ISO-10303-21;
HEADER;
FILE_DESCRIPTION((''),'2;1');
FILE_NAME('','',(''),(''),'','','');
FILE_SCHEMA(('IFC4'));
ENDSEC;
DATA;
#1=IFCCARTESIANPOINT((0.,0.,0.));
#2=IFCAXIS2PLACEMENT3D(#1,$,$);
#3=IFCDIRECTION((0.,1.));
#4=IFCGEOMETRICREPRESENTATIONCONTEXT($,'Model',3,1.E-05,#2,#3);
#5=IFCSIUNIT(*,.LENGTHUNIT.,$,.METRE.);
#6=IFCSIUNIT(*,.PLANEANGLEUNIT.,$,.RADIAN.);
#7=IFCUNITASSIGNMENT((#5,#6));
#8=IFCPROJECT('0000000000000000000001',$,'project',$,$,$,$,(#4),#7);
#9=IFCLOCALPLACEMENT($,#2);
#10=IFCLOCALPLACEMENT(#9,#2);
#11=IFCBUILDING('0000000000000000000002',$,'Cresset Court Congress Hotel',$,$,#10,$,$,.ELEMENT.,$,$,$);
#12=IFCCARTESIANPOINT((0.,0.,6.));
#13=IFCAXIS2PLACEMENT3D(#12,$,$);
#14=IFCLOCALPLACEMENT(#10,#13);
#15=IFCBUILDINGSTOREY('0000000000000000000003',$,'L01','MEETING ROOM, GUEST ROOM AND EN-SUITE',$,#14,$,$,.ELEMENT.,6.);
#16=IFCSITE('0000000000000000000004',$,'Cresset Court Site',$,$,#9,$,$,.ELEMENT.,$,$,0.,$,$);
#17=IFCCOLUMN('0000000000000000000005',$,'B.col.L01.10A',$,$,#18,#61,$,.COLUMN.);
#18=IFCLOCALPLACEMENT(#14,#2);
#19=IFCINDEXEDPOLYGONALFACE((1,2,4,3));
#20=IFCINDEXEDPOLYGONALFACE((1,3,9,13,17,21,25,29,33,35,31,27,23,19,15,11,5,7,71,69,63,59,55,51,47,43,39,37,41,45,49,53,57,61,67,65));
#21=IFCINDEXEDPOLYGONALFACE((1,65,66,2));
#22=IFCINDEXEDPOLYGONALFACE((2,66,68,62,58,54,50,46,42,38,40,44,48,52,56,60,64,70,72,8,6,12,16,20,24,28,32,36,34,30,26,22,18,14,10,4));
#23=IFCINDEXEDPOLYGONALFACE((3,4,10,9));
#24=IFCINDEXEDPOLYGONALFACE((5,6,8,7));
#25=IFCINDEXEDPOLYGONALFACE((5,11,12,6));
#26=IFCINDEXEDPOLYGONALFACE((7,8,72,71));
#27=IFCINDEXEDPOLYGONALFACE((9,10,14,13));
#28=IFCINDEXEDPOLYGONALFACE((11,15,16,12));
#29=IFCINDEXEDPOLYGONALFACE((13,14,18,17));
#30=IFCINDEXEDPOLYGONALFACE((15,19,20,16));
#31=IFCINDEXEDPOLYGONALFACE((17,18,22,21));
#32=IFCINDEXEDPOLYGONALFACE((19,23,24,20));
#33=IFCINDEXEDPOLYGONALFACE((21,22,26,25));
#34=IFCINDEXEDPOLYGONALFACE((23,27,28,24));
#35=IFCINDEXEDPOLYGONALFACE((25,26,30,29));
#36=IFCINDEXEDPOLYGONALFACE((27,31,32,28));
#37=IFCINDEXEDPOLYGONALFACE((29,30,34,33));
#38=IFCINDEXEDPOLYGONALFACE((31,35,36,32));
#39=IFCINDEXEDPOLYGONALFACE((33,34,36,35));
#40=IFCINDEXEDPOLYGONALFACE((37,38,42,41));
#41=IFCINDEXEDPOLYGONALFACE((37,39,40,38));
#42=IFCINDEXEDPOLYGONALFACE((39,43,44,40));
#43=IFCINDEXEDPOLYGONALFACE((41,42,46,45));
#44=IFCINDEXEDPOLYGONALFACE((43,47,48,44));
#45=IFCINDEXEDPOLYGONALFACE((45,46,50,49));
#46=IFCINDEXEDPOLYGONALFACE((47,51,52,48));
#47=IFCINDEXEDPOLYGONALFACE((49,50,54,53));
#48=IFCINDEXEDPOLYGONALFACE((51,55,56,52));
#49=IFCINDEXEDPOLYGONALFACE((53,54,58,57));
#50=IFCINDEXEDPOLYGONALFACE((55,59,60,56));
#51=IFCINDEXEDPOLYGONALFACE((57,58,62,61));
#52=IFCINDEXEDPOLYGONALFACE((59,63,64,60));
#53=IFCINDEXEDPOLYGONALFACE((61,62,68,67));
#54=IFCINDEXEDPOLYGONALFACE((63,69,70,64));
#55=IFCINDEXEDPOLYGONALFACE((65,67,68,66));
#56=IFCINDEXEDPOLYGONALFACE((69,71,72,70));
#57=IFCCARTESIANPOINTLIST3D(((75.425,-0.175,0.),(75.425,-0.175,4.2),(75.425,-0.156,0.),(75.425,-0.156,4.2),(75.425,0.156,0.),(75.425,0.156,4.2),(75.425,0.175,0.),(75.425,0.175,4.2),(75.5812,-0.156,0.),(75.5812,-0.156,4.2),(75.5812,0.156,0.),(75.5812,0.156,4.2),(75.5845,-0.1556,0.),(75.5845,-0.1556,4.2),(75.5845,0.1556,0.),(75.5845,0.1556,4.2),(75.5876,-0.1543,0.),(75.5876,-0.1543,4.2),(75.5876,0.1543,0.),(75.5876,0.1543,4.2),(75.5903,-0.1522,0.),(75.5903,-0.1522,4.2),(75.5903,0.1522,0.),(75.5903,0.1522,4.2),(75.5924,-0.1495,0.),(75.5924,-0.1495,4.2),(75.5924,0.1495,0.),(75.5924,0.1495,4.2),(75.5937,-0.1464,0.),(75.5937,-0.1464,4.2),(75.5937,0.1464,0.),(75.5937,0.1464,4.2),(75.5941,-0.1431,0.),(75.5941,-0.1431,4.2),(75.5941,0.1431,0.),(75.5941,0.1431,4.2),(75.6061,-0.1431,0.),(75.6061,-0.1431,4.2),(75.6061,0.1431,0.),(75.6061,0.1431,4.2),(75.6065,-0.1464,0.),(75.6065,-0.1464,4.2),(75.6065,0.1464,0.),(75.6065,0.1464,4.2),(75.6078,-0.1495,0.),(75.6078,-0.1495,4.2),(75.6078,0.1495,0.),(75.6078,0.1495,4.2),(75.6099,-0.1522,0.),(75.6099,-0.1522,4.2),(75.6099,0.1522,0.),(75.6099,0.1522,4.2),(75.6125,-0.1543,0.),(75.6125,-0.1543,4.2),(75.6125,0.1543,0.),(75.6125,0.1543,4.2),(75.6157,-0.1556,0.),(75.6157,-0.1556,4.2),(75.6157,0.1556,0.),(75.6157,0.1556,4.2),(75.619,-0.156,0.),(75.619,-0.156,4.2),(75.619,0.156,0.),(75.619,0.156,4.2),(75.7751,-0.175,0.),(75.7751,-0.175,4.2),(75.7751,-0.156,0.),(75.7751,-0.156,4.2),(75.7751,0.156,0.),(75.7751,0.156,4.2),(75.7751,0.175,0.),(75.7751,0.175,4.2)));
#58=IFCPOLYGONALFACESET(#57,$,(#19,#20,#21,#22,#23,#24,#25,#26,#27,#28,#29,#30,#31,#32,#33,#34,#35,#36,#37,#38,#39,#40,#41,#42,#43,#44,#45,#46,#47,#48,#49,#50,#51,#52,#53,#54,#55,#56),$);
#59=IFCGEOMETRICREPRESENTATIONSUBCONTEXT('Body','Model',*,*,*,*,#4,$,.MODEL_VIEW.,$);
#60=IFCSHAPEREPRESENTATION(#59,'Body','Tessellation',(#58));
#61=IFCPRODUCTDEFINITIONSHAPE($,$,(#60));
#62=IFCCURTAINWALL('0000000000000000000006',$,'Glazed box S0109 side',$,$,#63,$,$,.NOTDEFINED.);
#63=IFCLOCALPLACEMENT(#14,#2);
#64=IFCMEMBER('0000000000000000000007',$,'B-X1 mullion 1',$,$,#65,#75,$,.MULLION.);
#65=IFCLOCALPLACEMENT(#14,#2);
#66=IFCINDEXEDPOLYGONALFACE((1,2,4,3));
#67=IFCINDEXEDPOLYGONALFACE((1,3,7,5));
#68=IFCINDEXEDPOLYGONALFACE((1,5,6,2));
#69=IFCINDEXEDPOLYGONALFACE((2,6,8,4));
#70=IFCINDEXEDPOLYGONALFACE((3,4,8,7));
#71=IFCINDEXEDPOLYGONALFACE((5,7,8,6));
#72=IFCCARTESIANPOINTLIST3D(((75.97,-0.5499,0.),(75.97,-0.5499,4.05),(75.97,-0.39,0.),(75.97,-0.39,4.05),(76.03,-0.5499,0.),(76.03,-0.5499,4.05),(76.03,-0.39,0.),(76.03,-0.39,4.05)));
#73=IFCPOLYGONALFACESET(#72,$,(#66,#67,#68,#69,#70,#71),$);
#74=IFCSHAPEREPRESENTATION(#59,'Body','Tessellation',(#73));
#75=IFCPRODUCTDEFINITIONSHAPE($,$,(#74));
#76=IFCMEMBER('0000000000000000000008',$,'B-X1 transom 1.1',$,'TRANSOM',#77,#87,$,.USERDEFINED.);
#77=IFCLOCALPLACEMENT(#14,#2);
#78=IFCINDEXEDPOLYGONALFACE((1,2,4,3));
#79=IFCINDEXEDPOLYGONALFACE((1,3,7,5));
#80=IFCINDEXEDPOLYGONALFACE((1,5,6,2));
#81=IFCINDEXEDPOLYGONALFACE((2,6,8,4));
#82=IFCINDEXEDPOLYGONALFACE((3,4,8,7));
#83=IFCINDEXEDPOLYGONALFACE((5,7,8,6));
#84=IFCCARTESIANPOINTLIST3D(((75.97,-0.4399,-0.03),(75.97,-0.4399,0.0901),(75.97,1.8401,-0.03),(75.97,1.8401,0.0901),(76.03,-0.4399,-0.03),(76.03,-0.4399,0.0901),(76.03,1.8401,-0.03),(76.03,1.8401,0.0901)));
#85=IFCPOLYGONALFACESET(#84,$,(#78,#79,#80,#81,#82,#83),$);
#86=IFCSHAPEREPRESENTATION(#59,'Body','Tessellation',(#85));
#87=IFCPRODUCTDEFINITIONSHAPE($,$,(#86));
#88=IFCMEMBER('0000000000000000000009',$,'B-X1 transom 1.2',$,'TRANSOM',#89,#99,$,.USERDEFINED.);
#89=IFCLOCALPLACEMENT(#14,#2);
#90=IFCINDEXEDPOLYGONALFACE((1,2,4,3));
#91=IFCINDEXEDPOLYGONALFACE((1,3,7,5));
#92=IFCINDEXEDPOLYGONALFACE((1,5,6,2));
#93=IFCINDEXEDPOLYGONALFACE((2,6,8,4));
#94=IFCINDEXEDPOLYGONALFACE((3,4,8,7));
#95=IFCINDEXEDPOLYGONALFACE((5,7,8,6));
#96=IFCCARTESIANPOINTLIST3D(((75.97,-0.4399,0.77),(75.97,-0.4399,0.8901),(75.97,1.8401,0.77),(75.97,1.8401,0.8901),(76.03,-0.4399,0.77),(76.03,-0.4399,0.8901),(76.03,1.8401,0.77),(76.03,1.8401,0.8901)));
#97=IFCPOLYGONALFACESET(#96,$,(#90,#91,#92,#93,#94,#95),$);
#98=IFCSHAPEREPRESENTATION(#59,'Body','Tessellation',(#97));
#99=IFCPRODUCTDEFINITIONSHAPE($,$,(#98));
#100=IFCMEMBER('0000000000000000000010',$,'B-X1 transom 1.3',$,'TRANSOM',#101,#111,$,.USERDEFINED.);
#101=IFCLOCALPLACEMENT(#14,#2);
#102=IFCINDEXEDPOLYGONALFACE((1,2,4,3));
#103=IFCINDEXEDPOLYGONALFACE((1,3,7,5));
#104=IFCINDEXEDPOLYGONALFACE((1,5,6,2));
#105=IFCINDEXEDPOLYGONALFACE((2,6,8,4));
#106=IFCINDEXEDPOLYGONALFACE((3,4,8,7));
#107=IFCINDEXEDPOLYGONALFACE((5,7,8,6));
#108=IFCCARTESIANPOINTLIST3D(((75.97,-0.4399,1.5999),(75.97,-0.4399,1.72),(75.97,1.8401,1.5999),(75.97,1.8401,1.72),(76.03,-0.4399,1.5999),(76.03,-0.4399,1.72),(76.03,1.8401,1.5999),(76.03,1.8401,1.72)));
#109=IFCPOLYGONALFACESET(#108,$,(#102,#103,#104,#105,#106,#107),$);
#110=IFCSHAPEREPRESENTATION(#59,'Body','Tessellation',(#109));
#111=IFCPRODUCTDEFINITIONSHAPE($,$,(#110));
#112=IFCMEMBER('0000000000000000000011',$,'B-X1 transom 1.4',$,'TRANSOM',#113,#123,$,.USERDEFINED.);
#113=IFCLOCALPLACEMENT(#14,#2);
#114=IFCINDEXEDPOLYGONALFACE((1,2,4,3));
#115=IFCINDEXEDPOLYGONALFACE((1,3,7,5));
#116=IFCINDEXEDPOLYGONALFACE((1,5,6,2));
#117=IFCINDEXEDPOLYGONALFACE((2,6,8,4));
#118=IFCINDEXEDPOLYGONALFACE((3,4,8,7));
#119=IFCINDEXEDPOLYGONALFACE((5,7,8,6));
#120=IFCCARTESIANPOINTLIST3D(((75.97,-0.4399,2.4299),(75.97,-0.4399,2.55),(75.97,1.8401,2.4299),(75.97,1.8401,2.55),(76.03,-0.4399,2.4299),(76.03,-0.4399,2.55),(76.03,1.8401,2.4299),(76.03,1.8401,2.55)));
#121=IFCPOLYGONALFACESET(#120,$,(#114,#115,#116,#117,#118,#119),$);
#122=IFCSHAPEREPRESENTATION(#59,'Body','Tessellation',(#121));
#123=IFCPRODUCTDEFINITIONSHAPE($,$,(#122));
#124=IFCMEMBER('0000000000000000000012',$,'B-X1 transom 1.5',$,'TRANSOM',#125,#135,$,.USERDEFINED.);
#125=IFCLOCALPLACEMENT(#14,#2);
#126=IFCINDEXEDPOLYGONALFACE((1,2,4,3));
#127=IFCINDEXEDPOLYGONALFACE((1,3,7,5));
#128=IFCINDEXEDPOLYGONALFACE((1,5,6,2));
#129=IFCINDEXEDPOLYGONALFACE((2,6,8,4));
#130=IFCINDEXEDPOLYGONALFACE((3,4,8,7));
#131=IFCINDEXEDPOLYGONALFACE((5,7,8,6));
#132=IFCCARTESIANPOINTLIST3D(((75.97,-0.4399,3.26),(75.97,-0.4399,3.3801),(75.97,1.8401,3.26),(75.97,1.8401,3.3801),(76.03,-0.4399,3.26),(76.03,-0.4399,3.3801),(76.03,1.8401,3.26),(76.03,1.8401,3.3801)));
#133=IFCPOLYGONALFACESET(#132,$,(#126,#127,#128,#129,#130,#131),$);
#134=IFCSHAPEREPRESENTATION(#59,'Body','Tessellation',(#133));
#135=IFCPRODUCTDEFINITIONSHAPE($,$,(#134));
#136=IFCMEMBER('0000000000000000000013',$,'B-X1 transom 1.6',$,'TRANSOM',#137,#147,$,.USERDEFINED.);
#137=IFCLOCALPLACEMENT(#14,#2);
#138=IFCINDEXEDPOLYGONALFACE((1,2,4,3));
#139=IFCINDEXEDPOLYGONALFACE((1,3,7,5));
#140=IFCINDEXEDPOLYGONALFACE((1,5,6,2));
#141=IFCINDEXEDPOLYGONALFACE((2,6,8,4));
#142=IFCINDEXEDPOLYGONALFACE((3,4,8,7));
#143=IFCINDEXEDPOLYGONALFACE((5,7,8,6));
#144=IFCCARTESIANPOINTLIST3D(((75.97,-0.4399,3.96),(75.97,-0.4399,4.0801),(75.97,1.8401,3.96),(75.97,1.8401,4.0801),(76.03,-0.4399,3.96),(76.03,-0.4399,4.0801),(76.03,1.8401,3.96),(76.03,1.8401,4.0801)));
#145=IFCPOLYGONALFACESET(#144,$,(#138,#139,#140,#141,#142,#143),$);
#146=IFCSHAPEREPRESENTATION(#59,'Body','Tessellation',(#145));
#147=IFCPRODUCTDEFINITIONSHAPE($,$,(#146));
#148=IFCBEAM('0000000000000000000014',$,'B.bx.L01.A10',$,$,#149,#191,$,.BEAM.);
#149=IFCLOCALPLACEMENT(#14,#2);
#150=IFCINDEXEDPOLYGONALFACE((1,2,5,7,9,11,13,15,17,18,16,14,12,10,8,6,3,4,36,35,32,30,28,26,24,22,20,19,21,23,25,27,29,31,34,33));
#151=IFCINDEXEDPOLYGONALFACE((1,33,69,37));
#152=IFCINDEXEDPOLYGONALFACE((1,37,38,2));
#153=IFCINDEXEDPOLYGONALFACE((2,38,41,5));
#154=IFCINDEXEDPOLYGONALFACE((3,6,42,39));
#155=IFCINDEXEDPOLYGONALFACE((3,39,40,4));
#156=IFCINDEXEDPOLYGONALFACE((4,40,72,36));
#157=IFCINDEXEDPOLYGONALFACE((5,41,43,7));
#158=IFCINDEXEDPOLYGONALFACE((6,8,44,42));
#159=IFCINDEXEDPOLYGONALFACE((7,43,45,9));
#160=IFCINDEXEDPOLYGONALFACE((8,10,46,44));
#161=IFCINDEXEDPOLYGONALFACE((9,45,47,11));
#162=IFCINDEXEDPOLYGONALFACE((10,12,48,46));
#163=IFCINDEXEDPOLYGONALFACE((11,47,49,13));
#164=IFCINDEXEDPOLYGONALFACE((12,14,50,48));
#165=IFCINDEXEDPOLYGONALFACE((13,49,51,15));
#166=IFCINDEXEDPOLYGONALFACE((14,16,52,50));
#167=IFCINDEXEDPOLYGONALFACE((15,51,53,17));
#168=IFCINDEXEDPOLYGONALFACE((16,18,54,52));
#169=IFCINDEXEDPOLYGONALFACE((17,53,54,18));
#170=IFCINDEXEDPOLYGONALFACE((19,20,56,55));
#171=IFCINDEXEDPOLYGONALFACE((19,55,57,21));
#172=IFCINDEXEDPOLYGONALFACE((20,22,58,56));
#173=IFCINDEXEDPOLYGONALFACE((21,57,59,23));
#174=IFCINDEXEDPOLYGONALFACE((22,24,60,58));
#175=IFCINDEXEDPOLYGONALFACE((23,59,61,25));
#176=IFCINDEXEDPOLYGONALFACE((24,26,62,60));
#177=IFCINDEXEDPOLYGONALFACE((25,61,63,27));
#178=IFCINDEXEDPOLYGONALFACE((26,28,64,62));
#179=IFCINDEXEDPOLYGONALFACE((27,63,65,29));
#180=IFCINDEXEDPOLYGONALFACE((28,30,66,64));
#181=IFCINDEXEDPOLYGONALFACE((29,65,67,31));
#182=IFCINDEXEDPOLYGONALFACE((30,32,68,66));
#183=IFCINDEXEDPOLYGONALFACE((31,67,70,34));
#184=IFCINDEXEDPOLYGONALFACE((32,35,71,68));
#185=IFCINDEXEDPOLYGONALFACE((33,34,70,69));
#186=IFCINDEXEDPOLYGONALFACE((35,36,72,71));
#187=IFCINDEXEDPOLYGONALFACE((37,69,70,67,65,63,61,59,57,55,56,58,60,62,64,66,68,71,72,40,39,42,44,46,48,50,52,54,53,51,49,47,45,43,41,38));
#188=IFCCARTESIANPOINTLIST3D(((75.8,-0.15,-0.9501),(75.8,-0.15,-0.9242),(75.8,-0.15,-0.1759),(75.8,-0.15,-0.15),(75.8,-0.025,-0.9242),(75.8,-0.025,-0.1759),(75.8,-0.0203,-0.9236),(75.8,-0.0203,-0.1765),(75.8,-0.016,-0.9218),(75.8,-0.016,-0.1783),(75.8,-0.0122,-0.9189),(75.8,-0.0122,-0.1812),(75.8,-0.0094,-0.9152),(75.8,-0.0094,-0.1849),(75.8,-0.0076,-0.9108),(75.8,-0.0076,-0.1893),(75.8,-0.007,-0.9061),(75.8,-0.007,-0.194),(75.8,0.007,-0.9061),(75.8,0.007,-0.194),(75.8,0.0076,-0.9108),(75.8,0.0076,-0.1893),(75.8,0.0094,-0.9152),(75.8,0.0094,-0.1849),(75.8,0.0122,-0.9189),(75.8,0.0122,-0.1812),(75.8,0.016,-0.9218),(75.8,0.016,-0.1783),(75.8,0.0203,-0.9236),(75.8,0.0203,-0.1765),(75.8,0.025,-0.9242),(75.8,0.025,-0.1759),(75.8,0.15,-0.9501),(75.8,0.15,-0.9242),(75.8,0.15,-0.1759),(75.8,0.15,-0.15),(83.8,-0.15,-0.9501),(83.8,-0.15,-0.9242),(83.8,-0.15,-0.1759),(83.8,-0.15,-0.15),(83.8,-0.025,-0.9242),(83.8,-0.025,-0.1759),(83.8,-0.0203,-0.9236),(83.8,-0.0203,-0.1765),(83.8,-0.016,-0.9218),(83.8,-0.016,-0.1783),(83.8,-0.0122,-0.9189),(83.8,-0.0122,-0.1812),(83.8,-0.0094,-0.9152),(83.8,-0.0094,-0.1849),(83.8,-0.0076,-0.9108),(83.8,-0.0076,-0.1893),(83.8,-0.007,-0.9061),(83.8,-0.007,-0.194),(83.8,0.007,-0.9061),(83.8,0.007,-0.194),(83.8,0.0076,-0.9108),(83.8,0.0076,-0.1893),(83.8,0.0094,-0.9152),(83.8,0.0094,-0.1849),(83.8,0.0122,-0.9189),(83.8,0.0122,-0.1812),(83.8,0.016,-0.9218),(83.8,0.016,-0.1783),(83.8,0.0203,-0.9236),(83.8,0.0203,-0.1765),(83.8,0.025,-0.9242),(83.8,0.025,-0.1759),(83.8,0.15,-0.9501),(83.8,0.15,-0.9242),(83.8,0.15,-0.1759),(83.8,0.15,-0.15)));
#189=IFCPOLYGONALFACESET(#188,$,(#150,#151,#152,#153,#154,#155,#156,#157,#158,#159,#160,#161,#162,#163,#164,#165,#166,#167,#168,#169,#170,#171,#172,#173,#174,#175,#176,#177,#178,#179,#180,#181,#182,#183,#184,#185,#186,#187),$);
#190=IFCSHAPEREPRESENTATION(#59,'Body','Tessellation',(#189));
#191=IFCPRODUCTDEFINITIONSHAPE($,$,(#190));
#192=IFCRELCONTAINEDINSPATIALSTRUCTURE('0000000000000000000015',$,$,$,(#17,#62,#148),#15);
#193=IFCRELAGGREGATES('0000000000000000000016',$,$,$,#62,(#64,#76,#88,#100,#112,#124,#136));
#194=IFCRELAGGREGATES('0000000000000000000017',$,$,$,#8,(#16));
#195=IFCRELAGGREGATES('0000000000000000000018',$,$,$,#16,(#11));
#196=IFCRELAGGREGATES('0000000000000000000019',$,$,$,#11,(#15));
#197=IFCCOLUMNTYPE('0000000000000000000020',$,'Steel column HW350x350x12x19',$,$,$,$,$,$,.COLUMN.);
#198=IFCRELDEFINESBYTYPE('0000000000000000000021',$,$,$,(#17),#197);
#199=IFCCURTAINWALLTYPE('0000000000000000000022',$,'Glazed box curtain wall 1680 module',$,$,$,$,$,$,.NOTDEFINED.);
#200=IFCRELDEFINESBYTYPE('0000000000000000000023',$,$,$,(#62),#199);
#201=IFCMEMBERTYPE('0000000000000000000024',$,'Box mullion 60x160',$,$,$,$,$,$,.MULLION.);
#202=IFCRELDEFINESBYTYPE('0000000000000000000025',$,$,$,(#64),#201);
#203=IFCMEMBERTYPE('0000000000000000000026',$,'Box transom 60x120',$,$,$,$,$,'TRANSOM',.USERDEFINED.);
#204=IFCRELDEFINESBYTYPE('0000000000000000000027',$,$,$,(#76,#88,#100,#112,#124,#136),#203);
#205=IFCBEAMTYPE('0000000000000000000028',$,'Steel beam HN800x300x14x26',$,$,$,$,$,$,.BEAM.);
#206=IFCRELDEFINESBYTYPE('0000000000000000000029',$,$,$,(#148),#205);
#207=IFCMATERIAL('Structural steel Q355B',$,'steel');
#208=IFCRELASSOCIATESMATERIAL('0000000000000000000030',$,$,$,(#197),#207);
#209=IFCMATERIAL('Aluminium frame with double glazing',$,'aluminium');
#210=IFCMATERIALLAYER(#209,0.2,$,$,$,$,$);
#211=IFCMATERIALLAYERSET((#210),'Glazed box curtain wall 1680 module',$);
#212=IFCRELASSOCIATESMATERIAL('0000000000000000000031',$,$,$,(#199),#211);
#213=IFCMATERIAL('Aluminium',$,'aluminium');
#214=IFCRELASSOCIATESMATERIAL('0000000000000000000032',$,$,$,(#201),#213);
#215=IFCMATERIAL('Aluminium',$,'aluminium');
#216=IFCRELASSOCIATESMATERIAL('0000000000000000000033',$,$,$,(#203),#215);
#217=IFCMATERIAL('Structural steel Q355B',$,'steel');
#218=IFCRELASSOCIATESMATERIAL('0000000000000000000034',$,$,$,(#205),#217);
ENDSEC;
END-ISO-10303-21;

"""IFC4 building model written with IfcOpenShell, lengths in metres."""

from ifc_helpers import new_model, si_unit, direction, frame, origin, origin_2d, place, context, subcontext, project, spatial, rectangle, i_section, extrude, material, layer, layer_set, material_profile, profile_set, type_object, element, aggregate, save


model = new_model("IFC4")

# Units and contexts
model_context = context("Model", 3, precision=1e-05, world=origin(), true_north=direction((0.0, 1.0)))
body_context = subcontext(model_context, "Body", "Model", "MODEL_VIEW")
ifc_project = project(units=[si_unit("LENGTHUNIT", "METRE"), si_unit("PLANEANGLEUNIT", "RADIAN")], contexts=[model_context])

# Site, building, storey
site_placement = place(None, origin())
site = spatial("IfcSite", under=ifc_project, at=site_placement, Name="Cresset Court Site", CompositionType="ELEMENT", RefElevation=0.0)
building_placement = place(site_placement, origin())
building = spatial("IfcBuilding", under=site, at=building_placement, Name="Cresset Court Congress Hotel", CompositionType="ELEMENT")
storey_placement = place(building_placement, frame((0.0, 0.0, 6.0)))
storey = spatial("IfcBuildingStorey", under=building, at=storey_placement, Name="L01", Description="MEETING ROOM, GUEST ROOM AND EN-SUITE", CompositionType="ELEMENT", Elevation=6.0)

# Column
ifc_material_1 = material(Name="Structural steel Q355B", Category="steel")
ifc_material_profile_1 = material_profile(ifc_material_1, i_section(OverallWidth=0.3501, OverallDepth=0.3501, WebThickness=0.012, FlangeThickness=0.019, FilletRadius=0.0129, at=origin_2d()), Name="HW350x350x12x19")
ifc_profile_set_1 = profile_set([ifc_material_profile_1], Name="Structural steel Q355B")
column_type = type_object("IfcColumnType", Name="Steel column HW350x350x12x19", PredefinedType="COLUMN", material=ifc_profile_set_1)
column_placement = place(storey_placement, frame((75.6001, 0.0, 0.0), z_axis=(0.0, 0.0, 1.0), x_axis=(1.0, 0.0, 0.0)))
element("IfcColumn", 1, at=column_placement, inside=storey, type_object=column_type, Name="B.col.L01.10A", PredefinedType="COLUMN", context=body_context, shape_type="SweptSolid", body=[
    extrude(i_section(OverallWidth=0.3501, OverallDepth=0.3501, WebThickness=0.012, FlangeThickness=0.019, FilletRadius=0.0129, at=origin_2d()), origin(), (0.0, 0.0, 1.0), 4.2),
])

# Curtain wall, members
ifc_material_2 = material(Name="Aluminium frame with double glazing", Category="aluminium")
ifc_layer_1 = layer(ifc_material_2, 0.2)
ifc_layer_set_1 = layer_set([ifc_layer_1], Name="Glazed box curtain wall 1680 module")
curtain_wall_type = type_object("IfcCurtainWallType", Name="Glazed box curtain wall 1680 module", PredefinedType="NOTDEFINED", material=ifc_layer_set_1)
curtain_wall_placement = place(storey_placement, origin())
curtain_wall = element("IfcCurtainWall", 2, at=curtain_wall_placement, inside=storey, type_object=curtain_wall_type, Name="Glazed box S0109 side", PredefinedType="NOTDEFINED")
ifc_material_3 = material(Name="Aluminium", Category="aluminium")
ifc_material_profile_2 = material_profile(ifc_material_3, rectangle(XDim=0.0601, YDim=0.1599, at=origin_2d()), Name="Box mullion 60x160")
ifc_profile_set_2 = profile_set([ifc_material_profile_2], Name="Aluminium")
member_type_1 = type_object("IfcMemberType", Name="Box mullion 60x160", PredefinedType="MULLION", material=ifc_profile_set_2)
member_1_placement = place(storey_placement, frame((76.0, -0.47, 0.0), z_axis=(0.0, 0.0, 1.0), x_axis=(-1.0, 0.0, 0.0)))
member_1 = element("IfcMember", 3, at=member_1_placement, type_object=member_type_1, Name="B-X1 mullion 1", PredefinedType="MULLION", context=body_context, shape_type="SweptSolid", body=[
    extrude(rectangle(XDim=0.0601, YDim=0.1599, at=origin_2d()), origin(), (0.0, 0.0, 1.0), 4.05),
])
ifc_material_4 = material(Name="Aluminium", Category="aluminium")
ifc_material_profile_3 = material_profile(ifc_material_4, rectangle(XDim=0.0601, YDim=0.1201, at=origin_2d()), Name="Box transom 60x120")
ifc_profile_set_3 = profile_set([ifc_material_profile_3], Name="Aluminium")
member_type_2 = type_object("IfcMemberType", Name="Box transom 60x120", ElementType="TRANSOM", PredefinedType="USERDEFINED", material=ifc_profile_set_3)
member_2_placement = place(storey_placement, frame((76.0, -0.4399, 0.03), z_axis=(0.0, 1.0, 0.0), x_axis=(-1.0, 0.0, 0.0)))
member_2 = element("IfcMember", 4, at=member_2_placement, type_object=member_type_2, Name="B-X1 transom 1.1", ObjectType="TRANSOM", PredefinedType="USERDEFINED", context=body_context, shape_type="SweptSolid", body=[
    extrude(rectangle(XDim=0.0601, YDim=0.1201, at=origin_2d()), origin(), (0.0, 0.0, 1.0), 2.28),
])
member_3_placement = place(storey_placement, frame((76.0, -0.4399, 0.8301), z_axis=(0.0, 1.0, 0.0), x_axis=(-1.0, 0.0, 0.0)))
member_3 = element("IfcMember", 5, at=member_3_placement, type_object=member_type_2, Name="B-X1 transom 1.2", ObjectType="TRANSOM", PredefinedType="USERDEFINED", context=body_context, shape_type="SweptSolid", body=[
    extrude(rectangle(XDim=0.0601, YDim=0.1201, at=origin_2d()), origin(), (0.0, 0.0, 1.0), 2.28),
])
member_4_placement = place(storey_placement, frame((76.0, -0.4399, 1.6599), z_axis=(0.0, 1.0, 0.0), x_axis=(-1.0, 0.0, 0.0)))
member_4 = element("IfcMember", 6, at=member_4_placement, type_object=member_type_2, Name="B-X1 transom 1.3", ObjectType="TRANSOM", PredefinedType="USERDEFINED", context=body_context, shape_type="SweptSolid", body=[
    extrude(rectangle(XDim=0.0601, YDim=0.1201, at=origin_2d()), origin(), (0.0, 0.0, 1.0), 2.28),
])
member_5_placement = place(storey_placement, frame((76.0, -0.4399, 2.49), z_axis=(0.0, 1.0, 0.0), x_axis=(-1.0, 0.0, 0.0)))
member_5 = element("IfcMember", 7, at=member_5_placement, type_object=member_type_2, Name="B-X1 transom 1.4", ObjectType="TRANSOM", PredefinedType="USERDEFINED", context=body_context, shape_type="SweptSolid", body=[
    extrude(rectangle(XDim=0.0601, YDim=0.1201, at=origin_2d()), origin(), (0.0, 0.0, 1.0), 2.28),
])
member_6_placement = place(storey_placement, frame((76.0, -0.4399, 3.3201), z_axis=(0.0, 1.0, 0.0), x_axis=(-1.0, 0.0, 0.0)))
member_6 = element("IfcMember", 8, at=member_6_placement, type_object=member_type_2, Name="B-X1 transom 1.5", ObjectType="TRANSOM", PredefinedType="USERDEFINED", context=body_context, shape_type="SweptSolid", body=[
    extrude(rectangle(XDim=0.0601, YDim=0.1201, at=origin_2d()), origin(), (0.0, 0.0, 1.0), 2.28),
])
member_7_placement = place(storey_placement, frame((76.0, -0.4399, 4.02), z_axis=(0.0, 1.0, 0.0), x_axis=(-1.0, 0.0, 0.0)))
member_7 = element("IfcMember", 9, at=member_7_placement, type_object=member_type_2, Name="B-X1 transom 1.6", ObjectType="TRANSOM", PredefinedType="USERDEFINED", context=body_context, shape_type="SweptSolid", body=[
    extrude(rectangle(XDim=0.0601, YDim=0.1201, at=origin_2d()), origin(), (0.0, 0.0, 1.0), 2.28),
])

# Beam
ifc_material_5 = material(Name="Structural steel Q355B", Category="steel")
ifc_material_profile_4 = material_profile(ifc_material_5, i_section(OverallWidth=0.3, OverallDepth=0.8, WebThickness=0.0139, FlangeThickness=0.0259, FilletRadius=0.0181, at=origin_2d()), Name="HN800x300x14x26")
ifc_profile_set_4 = profile_set([ifc_material_profile_4], Name="Structural steel Q355B")
beam_type_1 = type_object("IfcBeamType", Name="Steel beam HN800x300x14x26", PredefinedType="BEAM", material=ifc_profile_set_4)
beam_1_placement = place(storey_placement, frame((75.8, 0.0, -0.55), z_axis=(1.0, 0.0, 0.0), x_axis=(0.0, 1.0, 0.0)))
element("IfcBeam", 10, at=beam_1_placement, inside=storey, type_object=beam_type_1, Name="B.bx.L01.A10", PredefinedType="BEAM", context=body_context, shape_type="SweptSolid", body=[
    extrude(i_section(OverallWidth=0.3, OverallDepth=0.8, WebThickness=0.0139, FlangeThickness=0.0259, FilletRadius=0.0181, at=origin_2d()), origin(), (0.0, 0.0, 1.0), 8.0),
])

aggregate(curtain_wall, [member_1, member_2, member_3, member_4, member_5, member_6, member_7])

save(model, "model.ifc")
